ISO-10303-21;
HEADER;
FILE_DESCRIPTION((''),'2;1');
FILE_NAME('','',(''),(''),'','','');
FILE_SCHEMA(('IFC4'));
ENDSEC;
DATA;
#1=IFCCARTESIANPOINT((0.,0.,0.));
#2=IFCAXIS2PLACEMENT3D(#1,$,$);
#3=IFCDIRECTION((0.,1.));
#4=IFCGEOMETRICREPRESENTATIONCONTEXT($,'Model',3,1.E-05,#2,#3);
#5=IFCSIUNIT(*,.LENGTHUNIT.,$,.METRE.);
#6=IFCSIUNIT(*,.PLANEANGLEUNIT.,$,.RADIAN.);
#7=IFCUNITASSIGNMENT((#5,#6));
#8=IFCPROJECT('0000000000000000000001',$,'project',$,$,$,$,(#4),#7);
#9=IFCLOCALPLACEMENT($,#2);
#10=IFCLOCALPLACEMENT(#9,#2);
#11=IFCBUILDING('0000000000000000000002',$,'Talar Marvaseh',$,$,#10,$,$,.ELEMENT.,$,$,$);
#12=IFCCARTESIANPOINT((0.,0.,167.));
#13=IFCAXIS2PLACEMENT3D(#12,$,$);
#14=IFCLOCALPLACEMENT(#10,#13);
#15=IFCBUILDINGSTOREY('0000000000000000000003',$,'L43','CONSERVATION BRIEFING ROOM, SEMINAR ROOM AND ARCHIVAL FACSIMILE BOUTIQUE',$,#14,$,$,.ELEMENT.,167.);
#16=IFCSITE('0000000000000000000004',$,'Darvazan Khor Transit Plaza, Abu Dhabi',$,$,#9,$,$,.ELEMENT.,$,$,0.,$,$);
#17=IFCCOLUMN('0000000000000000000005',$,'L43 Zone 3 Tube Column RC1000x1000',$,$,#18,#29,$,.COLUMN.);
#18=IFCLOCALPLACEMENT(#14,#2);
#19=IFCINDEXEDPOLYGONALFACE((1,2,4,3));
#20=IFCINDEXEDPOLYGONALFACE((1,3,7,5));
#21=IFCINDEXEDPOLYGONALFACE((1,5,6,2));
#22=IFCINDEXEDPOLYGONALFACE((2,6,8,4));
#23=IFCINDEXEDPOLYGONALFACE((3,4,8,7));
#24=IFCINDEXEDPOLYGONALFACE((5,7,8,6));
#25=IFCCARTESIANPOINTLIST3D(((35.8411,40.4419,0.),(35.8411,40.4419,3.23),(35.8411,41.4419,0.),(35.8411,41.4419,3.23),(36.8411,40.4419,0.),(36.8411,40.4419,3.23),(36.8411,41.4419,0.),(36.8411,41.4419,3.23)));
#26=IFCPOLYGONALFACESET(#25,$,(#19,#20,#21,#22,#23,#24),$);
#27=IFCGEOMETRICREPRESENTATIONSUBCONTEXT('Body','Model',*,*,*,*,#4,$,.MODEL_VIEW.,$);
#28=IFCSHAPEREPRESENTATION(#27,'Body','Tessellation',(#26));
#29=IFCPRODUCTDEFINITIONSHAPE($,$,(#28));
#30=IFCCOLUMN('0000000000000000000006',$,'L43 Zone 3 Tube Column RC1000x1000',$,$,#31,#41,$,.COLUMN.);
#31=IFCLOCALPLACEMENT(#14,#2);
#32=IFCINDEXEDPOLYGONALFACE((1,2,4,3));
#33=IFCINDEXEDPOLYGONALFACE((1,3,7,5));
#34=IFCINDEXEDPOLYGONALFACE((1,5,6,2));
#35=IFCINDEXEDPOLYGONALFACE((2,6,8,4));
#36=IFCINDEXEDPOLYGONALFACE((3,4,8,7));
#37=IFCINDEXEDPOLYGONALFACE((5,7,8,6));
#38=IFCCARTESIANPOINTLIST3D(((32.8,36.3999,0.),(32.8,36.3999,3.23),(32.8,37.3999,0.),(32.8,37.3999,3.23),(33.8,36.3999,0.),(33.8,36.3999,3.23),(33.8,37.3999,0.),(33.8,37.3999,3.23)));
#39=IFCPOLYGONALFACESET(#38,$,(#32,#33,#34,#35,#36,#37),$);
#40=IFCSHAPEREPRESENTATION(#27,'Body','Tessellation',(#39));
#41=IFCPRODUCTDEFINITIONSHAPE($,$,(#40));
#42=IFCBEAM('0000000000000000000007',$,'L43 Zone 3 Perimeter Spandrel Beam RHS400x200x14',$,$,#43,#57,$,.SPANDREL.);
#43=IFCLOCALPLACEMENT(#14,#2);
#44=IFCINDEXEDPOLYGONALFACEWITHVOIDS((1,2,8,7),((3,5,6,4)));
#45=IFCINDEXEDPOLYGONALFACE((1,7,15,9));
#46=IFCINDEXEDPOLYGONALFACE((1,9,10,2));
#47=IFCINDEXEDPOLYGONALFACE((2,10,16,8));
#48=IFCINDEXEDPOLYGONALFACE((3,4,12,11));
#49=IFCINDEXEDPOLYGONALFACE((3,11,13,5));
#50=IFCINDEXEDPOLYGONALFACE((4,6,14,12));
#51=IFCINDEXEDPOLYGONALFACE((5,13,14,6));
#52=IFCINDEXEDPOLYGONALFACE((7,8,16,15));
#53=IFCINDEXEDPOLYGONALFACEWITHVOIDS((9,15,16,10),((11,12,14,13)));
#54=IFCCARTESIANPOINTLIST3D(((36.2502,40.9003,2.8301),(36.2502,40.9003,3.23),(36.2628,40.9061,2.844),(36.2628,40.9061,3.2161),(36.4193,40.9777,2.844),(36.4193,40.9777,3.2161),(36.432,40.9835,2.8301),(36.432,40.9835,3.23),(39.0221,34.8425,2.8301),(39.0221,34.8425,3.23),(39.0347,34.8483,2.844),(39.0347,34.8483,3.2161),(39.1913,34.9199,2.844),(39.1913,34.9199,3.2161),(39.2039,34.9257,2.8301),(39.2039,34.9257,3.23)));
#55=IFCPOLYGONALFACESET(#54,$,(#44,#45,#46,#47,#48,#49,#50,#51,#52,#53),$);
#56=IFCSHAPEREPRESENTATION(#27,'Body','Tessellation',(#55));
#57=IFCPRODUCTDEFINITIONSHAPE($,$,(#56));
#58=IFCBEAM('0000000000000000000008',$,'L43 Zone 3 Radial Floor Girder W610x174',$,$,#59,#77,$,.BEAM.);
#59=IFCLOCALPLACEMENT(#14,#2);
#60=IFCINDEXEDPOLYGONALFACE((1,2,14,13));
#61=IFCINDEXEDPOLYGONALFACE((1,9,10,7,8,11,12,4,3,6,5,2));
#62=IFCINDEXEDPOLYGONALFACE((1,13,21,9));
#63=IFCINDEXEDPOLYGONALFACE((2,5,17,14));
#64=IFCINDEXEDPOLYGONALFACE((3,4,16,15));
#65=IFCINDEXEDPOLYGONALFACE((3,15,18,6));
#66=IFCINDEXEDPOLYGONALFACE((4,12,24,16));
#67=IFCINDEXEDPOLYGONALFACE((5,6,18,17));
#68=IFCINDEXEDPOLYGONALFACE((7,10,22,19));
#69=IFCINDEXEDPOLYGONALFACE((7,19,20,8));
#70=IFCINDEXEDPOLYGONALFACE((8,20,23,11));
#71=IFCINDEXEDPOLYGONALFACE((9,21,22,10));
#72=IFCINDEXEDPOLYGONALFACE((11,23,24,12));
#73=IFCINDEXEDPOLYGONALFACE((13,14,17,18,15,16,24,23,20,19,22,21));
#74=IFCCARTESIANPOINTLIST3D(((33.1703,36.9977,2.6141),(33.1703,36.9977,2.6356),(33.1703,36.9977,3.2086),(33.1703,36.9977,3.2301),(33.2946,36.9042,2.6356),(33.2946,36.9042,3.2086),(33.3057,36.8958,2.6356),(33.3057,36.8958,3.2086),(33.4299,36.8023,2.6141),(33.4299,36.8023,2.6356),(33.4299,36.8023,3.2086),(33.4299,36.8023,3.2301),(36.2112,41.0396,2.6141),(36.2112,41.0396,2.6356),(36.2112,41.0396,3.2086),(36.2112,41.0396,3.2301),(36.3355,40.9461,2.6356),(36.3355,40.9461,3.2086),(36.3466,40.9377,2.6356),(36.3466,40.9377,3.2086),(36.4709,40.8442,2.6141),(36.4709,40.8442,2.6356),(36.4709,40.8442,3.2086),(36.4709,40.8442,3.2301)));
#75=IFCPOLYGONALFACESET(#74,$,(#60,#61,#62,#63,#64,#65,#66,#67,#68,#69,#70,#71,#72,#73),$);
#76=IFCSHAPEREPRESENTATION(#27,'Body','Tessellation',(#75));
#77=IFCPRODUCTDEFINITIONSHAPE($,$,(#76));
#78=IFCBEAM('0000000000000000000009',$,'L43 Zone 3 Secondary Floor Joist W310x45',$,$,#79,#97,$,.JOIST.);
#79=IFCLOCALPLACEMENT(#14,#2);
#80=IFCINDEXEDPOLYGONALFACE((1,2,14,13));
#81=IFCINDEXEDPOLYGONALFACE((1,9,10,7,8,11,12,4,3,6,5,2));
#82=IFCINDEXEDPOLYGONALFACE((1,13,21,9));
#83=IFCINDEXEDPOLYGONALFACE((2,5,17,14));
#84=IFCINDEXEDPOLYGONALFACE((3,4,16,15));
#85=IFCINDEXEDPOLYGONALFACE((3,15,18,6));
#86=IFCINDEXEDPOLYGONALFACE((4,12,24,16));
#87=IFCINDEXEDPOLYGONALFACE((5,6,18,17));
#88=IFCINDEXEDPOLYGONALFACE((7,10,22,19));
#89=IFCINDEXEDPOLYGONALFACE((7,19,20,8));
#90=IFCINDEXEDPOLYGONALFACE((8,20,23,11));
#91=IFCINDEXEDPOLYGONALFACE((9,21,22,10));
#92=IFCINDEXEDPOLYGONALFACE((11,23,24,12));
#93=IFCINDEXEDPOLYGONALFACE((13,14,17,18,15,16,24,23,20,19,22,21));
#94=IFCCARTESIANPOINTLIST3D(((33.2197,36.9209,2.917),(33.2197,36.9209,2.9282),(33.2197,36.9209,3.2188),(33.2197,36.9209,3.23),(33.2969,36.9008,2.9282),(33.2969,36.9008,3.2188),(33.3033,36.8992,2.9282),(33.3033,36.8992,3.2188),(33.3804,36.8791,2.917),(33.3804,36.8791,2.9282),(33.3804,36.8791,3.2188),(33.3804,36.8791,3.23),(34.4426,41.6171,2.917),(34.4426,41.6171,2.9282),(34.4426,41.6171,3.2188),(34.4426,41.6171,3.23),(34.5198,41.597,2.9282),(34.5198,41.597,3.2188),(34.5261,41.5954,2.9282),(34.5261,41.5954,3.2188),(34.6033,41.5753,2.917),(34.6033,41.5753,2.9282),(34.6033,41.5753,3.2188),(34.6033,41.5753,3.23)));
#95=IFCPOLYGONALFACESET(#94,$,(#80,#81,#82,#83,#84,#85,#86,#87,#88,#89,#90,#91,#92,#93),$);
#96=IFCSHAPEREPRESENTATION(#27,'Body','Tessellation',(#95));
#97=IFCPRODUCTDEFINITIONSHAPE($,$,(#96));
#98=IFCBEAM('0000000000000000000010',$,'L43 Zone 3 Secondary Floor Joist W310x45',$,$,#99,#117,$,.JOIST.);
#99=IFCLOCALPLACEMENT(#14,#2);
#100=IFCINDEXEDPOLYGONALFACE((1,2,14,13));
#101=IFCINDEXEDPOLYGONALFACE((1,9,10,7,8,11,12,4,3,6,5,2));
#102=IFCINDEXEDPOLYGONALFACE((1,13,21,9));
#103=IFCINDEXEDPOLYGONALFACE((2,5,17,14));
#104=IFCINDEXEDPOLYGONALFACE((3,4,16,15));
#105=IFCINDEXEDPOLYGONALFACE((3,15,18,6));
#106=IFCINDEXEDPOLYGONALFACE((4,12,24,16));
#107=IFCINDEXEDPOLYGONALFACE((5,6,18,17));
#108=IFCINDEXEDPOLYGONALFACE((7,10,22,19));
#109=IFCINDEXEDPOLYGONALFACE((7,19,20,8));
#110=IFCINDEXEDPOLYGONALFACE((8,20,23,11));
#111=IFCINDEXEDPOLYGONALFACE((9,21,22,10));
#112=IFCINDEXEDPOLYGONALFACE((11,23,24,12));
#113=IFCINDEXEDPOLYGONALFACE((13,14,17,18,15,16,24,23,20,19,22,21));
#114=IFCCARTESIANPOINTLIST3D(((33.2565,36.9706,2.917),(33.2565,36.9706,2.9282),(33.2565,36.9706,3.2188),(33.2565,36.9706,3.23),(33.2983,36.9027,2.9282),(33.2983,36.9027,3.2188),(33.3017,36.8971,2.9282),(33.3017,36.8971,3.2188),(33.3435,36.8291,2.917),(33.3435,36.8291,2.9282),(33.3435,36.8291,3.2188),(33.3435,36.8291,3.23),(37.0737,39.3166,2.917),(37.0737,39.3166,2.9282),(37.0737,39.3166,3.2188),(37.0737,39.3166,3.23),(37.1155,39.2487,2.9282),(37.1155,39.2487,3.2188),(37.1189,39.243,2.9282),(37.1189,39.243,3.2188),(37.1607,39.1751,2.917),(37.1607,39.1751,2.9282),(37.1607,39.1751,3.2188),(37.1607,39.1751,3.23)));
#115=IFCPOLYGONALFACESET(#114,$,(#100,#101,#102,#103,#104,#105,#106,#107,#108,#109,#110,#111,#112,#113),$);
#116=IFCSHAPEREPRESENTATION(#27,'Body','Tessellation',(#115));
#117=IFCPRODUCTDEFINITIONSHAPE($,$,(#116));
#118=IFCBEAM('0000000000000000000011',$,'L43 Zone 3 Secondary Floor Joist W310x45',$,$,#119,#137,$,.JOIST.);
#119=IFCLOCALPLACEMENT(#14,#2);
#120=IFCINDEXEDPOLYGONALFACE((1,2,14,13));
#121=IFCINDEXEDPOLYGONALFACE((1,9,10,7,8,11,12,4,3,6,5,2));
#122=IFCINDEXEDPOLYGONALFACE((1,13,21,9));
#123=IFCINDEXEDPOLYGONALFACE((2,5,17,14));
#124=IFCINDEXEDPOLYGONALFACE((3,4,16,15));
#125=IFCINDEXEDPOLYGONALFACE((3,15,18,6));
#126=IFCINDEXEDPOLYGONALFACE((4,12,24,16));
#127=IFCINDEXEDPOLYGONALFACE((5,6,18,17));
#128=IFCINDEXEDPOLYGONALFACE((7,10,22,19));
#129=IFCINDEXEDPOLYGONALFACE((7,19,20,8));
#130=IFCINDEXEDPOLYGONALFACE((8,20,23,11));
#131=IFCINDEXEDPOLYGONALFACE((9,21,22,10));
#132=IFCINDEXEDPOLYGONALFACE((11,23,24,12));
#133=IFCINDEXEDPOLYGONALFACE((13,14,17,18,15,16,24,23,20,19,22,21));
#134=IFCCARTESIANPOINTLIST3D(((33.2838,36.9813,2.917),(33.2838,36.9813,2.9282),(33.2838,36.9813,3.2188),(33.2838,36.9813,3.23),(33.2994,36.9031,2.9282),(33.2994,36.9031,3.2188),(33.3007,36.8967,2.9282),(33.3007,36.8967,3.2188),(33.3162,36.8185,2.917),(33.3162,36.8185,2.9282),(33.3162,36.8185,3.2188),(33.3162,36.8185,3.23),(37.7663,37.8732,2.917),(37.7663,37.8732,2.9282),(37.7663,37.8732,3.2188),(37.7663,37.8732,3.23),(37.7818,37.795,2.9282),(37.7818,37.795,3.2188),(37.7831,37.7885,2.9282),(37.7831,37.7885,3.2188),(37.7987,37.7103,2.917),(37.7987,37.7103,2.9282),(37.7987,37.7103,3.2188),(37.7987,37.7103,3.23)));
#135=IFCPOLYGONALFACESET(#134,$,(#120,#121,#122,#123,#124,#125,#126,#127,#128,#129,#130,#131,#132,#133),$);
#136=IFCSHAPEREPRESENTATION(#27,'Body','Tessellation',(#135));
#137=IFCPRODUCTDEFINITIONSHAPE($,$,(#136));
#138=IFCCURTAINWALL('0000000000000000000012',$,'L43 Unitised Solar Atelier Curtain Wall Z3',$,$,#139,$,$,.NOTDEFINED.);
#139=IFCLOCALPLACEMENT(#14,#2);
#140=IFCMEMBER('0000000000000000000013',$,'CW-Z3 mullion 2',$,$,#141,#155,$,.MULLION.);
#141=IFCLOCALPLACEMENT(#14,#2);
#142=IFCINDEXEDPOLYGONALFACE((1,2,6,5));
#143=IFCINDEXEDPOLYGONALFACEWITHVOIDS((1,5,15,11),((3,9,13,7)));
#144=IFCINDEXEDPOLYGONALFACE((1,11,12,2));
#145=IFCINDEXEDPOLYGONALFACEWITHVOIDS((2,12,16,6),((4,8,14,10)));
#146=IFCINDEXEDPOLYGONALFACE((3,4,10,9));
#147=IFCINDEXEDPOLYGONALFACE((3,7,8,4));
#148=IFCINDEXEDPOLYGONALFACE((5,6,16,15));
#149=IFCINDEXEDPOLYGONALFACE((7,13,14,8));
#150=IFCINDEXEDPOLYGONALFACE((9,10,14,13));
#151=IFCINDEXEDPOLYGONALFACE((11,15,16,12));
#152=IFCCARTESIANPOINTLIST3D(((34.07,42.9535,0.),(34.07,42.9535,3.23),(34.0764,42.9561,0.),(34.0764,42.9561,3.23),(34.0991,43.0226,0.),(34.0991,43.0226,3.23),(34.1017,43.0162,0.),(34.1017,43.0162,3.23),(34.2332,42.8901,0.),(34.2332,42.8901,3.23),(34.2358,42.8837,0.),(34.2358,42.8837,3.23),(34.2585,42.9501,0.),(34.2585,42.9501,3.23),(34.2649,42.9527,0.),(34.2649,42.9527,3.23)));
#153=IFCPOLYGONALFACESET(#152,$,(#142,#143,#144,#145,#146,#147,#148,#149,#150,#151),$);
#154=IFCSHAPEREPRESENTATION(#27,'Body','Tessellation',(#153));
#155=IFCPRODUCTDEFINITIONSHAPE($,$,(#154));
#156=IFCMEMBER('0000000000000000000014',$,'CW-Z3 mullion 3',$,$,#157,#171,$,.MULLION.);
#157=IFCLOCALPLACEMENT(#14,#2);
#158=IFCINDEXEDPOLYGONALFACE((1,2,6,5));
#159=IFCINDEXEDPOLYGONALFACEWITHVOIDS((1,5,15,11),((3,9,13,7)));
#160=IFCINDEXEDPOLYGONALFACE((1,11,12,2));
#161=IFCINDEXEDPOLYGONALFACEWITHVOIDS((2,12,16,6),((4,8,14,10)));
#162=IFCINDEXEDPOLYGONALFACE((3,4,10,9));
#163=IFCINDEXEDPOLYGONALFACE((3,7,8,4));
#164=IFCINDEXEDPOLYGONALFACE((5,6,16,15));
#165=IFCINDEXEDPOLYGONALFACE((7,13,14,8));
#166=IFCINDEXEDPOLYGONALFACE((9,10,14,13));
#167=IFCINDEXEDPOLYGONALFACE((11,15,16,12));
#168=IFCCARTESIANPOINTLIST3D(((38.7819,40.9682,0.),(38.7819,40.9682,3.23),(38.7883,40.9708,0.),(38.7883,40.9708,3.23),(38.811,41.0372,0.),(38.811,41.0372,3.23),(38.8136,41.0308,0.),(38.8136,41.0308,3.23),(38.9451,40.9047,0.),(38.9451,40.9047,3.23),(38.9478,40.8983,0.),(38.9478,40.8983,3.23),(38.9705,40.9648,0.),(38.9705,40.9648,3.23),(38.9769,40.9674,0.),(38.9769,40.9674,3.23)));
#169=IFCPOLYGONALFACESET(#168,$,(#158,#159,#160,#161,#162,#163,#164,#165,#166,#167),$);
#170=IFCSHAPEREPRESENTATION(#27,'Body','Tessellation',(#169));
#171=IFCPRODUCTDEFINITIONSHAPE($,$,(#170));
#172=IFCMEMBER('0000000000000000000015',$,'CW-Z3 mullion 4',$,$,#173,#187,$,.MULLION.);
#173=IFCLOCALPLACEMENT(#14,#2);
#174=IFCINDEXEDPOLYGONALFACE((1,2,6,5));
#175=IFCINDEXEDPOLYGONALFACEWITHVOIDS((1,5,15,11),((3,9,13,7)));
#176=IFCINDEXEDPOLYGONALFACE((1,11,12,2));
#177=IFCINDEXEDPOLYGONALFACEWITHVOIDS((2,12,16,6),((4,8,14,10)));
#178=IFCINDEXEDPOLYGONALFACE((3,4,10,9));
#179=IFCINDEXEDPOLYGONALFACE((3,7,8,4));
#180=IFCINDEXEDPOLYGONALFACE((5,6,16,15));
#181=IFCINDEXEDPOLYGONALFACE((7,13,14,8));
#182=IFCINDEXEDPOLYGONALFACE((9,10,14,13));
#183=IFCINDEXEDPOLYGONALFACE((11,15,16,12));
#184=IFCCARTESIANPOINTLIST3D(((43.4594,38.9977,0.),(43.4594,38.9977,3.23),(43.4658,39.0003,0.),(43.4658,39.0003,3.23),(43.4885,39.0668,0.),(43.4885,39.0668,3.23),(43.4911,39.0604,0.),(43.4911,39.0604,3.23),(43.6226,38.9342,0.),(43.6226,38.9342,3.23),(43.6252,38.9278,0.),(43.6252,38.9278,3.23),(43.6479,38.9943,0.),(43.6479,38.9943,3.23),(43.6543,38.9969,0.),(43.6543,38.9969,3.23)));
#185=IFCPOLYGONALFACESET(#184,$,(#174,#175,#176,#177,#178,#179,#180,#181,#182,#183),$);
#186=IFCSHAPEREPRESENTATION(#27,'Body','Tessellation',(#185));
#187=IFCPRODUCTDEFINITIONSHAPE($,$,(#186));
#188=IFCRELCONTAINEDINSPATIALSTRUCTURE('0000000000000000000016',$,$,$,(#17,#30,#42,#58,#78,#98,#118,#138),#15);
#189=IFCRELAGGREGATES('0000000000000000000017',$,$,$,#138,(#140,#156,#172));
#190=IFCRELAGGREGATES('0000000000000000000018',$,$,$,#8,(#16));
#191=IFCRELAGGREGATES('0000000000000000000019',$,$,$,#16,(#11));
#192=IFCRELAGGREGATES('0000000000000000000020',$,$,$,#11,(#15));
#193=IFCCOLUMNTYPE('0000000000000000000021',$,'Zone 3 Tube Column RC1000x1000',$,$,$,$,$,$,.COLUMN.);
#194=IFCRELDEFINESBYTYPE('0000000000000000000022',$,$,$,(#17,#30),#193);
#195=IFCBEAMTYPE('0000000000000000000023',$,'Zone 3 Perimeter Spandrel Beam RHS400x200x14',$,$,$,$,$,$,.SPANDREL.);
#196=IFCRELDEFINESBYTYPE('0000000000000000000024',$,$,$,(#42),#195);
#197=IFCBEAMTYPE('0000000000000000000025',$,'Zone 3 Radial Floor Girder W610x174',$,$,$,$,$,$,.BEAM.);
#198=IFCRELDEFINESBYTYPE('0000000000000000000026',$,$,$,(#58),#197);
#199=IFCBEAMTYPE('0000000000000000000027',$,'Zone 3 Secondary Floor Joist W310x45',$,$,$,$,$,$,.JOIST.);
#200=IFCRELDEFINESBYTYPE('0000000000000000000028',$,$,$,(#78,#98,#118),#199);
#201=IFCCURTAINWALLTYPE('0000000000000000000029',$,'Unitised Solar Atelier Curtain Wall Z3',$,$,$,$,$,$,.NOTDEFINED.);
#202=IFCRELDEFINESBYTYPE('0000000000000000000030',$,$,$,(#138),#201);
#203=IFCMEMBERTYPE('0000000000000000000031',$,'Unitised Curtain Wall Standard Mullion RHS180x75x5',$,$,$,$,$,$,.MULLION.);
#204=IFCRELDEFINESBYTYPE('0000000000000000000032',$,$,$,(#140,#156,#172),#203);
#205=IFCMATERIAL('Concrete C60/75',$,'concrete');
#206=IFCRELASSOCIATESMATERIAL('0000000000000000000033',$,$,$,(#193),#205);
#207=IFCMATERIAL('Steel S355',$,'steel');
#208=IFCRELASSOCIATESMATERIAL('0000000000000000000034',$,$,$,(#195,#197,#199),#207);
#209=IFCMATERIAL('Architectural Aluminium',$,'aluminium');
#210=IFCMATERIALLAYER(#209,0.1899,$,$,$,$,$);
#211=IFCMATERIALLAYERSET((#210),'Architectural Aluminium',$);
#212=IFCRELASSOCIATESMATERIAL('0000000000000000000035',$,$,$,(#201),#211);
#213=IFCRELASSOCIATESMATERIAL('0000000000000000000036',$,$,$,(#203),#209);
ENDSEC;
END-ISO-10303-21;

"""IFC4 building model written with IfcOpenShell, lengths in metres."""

from ifc_helpers import new_model, si_unit, direction, frame, origin, origin_2d, place, context, subcontext, project, spatial, rectangle, hollow_rectangle, i_section, extrude, source, transform, mapped, material, layer, layer_set, material_profile, profile_set, type_object, type_shapes, element, aggregate, save


model = new_model("IFC4")

# Units and contexts
model_context = context("Model", 3, precision=1e-05, world=origin(), true_north=direction((0.0, 1.0)))
body_context = subcontext(model_context, "Body", "Model", "MODEL_VIEW")
ifc_project = project(units=[si_unit("LENGTHUNIT", "METRE"), si_unit("PLANEANGLEUNIT", "RADIAN")], contexts=[model_context])

# Site, building, storey
site_placement = place(None, origin())
site = spatial("IfcSite", under=ifc_project, at=site_placement, Name="Darvazan Khor Transit Plaza, Abu Dhabi", CompositionType="ELEMENT", RefElevation=0.0)
building_placement = place(site_placement, origin())
building = spatial("IfcBuilding", under=site, at=building_placement, Name="Talar Marvaseh", CompositionType="ELEMENT")
storey_placement = place(building_placement, frame((0.0, 0.0, 167.0)))
storey = spatial("IfcBuildingStorey", under=building, at=storey_placement, Name="L43", Description="CONSERVATION BRIEFING ROOM, SEMINAR ROOM AND ARCHIVAL FACSIMILE BOUTIQUE", CompositionType="ELEMENT", Elevation=167.0)

# Columns
ifc_material_1 = material(Name="Concrete C60/75", Category="concrete")
ifc_material_profile_1 = material_profile(ifc_material_1, rectangle(XDim=1.0, YDim=1.0, at=origin_2d()), Name="RC1000x1000")
ifc_profile_set_1 = profile_set([ifc_material_profile_1], Name="Concrete C60/75")
column_type = type_object("IfcColumnType", Name="Zone 3 Tube Column RC1000x1000", PredefinedType="COLUMN", material=ifc_profile_set_1)
for number, where, z_axis, x_axis, name in (
    (1, (36.3411, 40.9419, 0.0), (0.0, 0.0, 1.0), (1.0, 0.0, 0.0), "L43 Zone 3 Tube Column RC1000x1000"),
    (2, (33.3, 36.8999, 0.0), (0.0, 0.0, 1.0), (1.0, 0.0, 0.0), "L43 Zone 3 Tube Column RC1000x1000"),
):
    element("IfcColumn", number, at=place(storey_placement, frame(where, z_axis=z_axis, x_axis=x_axis)), inside=storey, type_object=column_type, Name=name, PredefinedType="COLUMN", context=body_context, shape_type="SweptSolid", body=[
        extrude(rectangle(XDim=1.0, YDim=1.0, at=origin_2d()), origin(), (0.0, 0.0, 1.0), 3.23),
    ])

# Beams
ifc_material_2 = material(Name="Steel S355", Category="steel")
ifc_material_profile_2 = material_profile(ifc_material_2, hollow_rectangle(XDim=0.2, YDim=0.3999, WallThickness=0.0139, at=origin_2d()), Name="RHS400x200x14")
ifc_profile_set_2 = profile_set([ifc_material_profile_2], Name="Steel S355")
beam_type_1 = type_object("IfcBeamType", Name="Zone 3 Perimeter Spandrel Beam RHS400x200x14", PredefinedType="SPANDREL", material=ifc_profile_set_2)
beam_1_placement = place(storey_placement, frame((36.3411, 40.9419, 3.03), z_axis=(0.416091, -0.909323, 0.0), x_axis=(0.909323, 0.416091, 0.0)))
element("IfcBeam", 3, at=beam_1_placement, inside=storey, type_object=beam_type_1, Name="L43 Zone 3 Perimeter Spandrel Beam RHS400x200x14", PredefinedType="SPANDREL", context=body_context, shape_type="SweptSolid", body=[
    extrude(hollow_rectangle(XDim=0.2, YDim=0.3999, WallThickness=0.0139, at=origin_2d()), origin(), (0.0, 0.0, 1.0), 6.6619),
])
ifc_material_profile_3 = material_profile(ifc_material_2, i_section(OverallWidth=0.325, OverallDepth=0.616, WebThickness=0.0139, FlangeThickness=0.0215, at=origin_2d()), Name="W610x174")
ifc_profile_set_3 = profile_set([ifc_material_profile_3], Name="Steel S355")
beam_type_2 = type_object("IfcBeamType", Name="Zone 3 Radial Floor Girder W610x174", PredefinedType="BEAM", material=ifc_profile_set_3)
beam_2_placement = place(storey_placement, frame((36.3411, 40.9419, 2.9221), z_axis=(-0.601204, -0.799096, 0.0), x_axis=(0.799096, -0.601204, 0.0)))
element("IfcBeam", 4, at=beam_2_placement, inside=storey, type_object=beam_type_2, Name="L43 Zone 3 Radial Floor Girder W610x174", PredefinedType="BEAM", context=body_context, shape_type="SweptSolid", body=[
    extrude(i_section(OverallWidth=0.325, OverallDepth=0.616, WebThickness=0.0139, FlangeThickness=0.0215, at=origin_2d()), origin(), (0.0, 0.0, 1.0), 5.0581),
])
ifc_material_profile_4 = material_profile(ifc_material_2, i_section(OverallWidth=0.166, OverallDepth=0.313, WebThickness=0.0066, FlangeThickness=0.0112, at=origin_2d()), Name="W310x45")
ifc_profile_set_4 = profile_set([ifc_material_profile_4], Name="Steel S355")
beam_type_3 = type_object("IfcBeamType", Name="Zone 3 Secondary Floor Joist W310x45", PredefinedType="JOIST", material=ifc_profile_set_4)
beam_3_placement = place(storey_placement, frame((34.5229, 41.5962, 3.0735), z_axis=(-0.251994, -0.967729, 0.0), x_axis=(0.967729, -0.251994, 0.0)))
element("IfcBeam", 5, at=beam_3_placement, inside=storey, type_object=beam_type_3, Name="L43 Zone 3 Secondary Floor Joist W310x45", PredefinedType="JOIST", context=body_context, shape_type="SweptSolid", body=[
    extrude(i_section(OverallWidth=0.166, OverallDepth=0.313, WebThickness=0.0066, FlangeThickness=0.0112, at=origin_2d()), origin(), (0.0, 0.0, 1.0), 4.8528),
])
beam_4_placement = place(storey_placement, frame((37.1172, 39.2458, 3.0735), z_axis=(-0.851963, -0.523602, 0.0), x_axis=(0.523602, -0.851963, 0.0)))
element("IfcBeam", 6, at=beam_4_placement, inside=storey, type_object=beam_type_3, Name="L43 Zone 3 Secondary Floor Joist W310x45", PredefinedType="JOIST", context=body_context, shape_type="SweptSolid", body=[
    extrude(i_section(OverallWidth=0.166, OverallDepth=0.313, WebThickness=0.0066, FlangeThickness=0.0112, at=origin_2d()), origin(), (0.0, 0.0, 1.0), 4.4805),
])
beam_5_placement = place(storey_placement, frame((37.7825, 37.7917, 3.0735), z_axis=(-0.980775, -0.19514, 0.0), x_axis=(0.19514, -0.980775, 0.0)))
element("IfcBeam", 7, at=beam_5_placement, inside=storey, type_object=beam_type_3, Name="L43 Zone 3 Secondary Floor Joist W310x45", PredefinedType="JOIST", context=body_context, shape_type="SweptSolid", body=[
    extrude(i_section(OverallWidth=0.166, OverallDepth=0.313, WebThickness=0.0066, FlangeThickness=0.0112, at=origin_2d()), origin(), (0.0, 0.0, 1.0), 4.5703),
])

# Curtain wall, members
ifc_material_3 = material(Name="Architectural Aluminium", Category="aluminium")
ifc_layer_1 = layer(ifc_material_3, 0.1899)
ifc_layer_set_1 = layer_set([ifc_layer_1], Name="Architectural Aluminium")
curtain_wall_type = type_object("IfcCurtainWallType", Name="Unitised Solar Atelier Curtain Wall Z3", PredefinedType="NOTDEFINED", material=ifc_layer_set_1)
curtain_wall_1_placement = place(storey_placement, origin())
curtain_wall_1 = element("IfcCurtainWall", 8, at=curtain_wall_1_placement, inside=storey, type_object=curtain_wall_type, Name="L43 Unitised Solar Atelier Curtain Wall Z3", PredefinedType="NOTDEFINED")
ifc_material_profile_5 = material_profile(ifc_material_3, hollow_rectangle(XDim=0.075, YDim=0.1799, WallThickness=0.0049, at=origin_2d()), Name="RHS180x75x5")
ifc_profile_set_5 = profile_set([ifc_material_profile_5], Name="Architectural Aluminium")
member_type_1 = type_object("IfcMemberType", Name="Unitised Curtain Wall Standard Mullion RHS180x75x5", PredefinedType="MULLION", material=ifc_profile_set_5)
shared_shape_1 = source(origin(), body_context, "Body", "SweptSolid", [
    extrude(hollow_rectangle(XDim=0.075, YDim=0.1799, WallThickness=0.0049, at=origin_2d()), origin(), (0.0, 0.0, 1.0), 3.23),
])
type_shapes(member_type_1, [shared_shape_1])
member_1_placement = place(storey_placement, frame((34.1675, 42.9531, 0.0), z_axis=(0.0, 0.0, 1.0), x_axis=(0.388258, 0.921551, 0.0)))
member_1 = element("IfcMember", 9, at=member_1_placement, type_object=member_type_1, Name="CW-Z3 mullion 2", PredefinedType="MULLION", context=body_context, shape_type="MappedRepresentation", body=[
    mapped(shared_shape_1, transform((0.0, 0.0, 0.0), x_axis=(1.0, 0.0, 0.0), y_axis=(0.0, 1.0, 0.0), z_axis=(0.0, 0.0, 1.0), scale=1.0)),
])
member_2_placement = place(storey_placement, frame((38.8794, 40.9678, 0.0), z_axis=(0.0, 0.0, 1.0), x_axis=(0.388258, 0.921551, 0.0)))
member_2 = element("IfcMember", 10, at=member_2_placement, type_object=member_type_1, Name="CW-Z3 mullion 3", PredefinedType="MULLION", context=body_context, shape_type="MappedRepresentation", body=[
    mapped(shared_shape_1, transform((0.0, 0.0, 0.0), x_axis=(1.0, 0.0, 0.0), y_axis=(0.0, 1.0, 0.0), z_axis=(0.0, 0.0, 1.0), scale=1.0)),
])
member_3_placement = place(storey_placement, frame((43.5569, 38.9973, 0.0), z_axis=(0.0, 0.0, 1.0), x_axis=(0.388258, 0.921551, 0.0)))
member_3 = element("IfcMember", 11, at=member_3_placement, type_object=member_type_1, Name="CW-Z3 mullion 4", PredefinedType="MULLION", context=body_context, shape_type="MappedRepresentation", body=[
    mapped(shared_shape_1, transform((0.0, 0.0, 0.0), x_axis=(1.0, 0.0, 0.0), y_axis=(0.0, 1.0, 0.0), z_axis=(0.0, 0.0, 1.0), scale=1.0)),
])

aggregate(curtain_wall_1, [member_1, member_2, member_3])

save(model, "model.ifc")
